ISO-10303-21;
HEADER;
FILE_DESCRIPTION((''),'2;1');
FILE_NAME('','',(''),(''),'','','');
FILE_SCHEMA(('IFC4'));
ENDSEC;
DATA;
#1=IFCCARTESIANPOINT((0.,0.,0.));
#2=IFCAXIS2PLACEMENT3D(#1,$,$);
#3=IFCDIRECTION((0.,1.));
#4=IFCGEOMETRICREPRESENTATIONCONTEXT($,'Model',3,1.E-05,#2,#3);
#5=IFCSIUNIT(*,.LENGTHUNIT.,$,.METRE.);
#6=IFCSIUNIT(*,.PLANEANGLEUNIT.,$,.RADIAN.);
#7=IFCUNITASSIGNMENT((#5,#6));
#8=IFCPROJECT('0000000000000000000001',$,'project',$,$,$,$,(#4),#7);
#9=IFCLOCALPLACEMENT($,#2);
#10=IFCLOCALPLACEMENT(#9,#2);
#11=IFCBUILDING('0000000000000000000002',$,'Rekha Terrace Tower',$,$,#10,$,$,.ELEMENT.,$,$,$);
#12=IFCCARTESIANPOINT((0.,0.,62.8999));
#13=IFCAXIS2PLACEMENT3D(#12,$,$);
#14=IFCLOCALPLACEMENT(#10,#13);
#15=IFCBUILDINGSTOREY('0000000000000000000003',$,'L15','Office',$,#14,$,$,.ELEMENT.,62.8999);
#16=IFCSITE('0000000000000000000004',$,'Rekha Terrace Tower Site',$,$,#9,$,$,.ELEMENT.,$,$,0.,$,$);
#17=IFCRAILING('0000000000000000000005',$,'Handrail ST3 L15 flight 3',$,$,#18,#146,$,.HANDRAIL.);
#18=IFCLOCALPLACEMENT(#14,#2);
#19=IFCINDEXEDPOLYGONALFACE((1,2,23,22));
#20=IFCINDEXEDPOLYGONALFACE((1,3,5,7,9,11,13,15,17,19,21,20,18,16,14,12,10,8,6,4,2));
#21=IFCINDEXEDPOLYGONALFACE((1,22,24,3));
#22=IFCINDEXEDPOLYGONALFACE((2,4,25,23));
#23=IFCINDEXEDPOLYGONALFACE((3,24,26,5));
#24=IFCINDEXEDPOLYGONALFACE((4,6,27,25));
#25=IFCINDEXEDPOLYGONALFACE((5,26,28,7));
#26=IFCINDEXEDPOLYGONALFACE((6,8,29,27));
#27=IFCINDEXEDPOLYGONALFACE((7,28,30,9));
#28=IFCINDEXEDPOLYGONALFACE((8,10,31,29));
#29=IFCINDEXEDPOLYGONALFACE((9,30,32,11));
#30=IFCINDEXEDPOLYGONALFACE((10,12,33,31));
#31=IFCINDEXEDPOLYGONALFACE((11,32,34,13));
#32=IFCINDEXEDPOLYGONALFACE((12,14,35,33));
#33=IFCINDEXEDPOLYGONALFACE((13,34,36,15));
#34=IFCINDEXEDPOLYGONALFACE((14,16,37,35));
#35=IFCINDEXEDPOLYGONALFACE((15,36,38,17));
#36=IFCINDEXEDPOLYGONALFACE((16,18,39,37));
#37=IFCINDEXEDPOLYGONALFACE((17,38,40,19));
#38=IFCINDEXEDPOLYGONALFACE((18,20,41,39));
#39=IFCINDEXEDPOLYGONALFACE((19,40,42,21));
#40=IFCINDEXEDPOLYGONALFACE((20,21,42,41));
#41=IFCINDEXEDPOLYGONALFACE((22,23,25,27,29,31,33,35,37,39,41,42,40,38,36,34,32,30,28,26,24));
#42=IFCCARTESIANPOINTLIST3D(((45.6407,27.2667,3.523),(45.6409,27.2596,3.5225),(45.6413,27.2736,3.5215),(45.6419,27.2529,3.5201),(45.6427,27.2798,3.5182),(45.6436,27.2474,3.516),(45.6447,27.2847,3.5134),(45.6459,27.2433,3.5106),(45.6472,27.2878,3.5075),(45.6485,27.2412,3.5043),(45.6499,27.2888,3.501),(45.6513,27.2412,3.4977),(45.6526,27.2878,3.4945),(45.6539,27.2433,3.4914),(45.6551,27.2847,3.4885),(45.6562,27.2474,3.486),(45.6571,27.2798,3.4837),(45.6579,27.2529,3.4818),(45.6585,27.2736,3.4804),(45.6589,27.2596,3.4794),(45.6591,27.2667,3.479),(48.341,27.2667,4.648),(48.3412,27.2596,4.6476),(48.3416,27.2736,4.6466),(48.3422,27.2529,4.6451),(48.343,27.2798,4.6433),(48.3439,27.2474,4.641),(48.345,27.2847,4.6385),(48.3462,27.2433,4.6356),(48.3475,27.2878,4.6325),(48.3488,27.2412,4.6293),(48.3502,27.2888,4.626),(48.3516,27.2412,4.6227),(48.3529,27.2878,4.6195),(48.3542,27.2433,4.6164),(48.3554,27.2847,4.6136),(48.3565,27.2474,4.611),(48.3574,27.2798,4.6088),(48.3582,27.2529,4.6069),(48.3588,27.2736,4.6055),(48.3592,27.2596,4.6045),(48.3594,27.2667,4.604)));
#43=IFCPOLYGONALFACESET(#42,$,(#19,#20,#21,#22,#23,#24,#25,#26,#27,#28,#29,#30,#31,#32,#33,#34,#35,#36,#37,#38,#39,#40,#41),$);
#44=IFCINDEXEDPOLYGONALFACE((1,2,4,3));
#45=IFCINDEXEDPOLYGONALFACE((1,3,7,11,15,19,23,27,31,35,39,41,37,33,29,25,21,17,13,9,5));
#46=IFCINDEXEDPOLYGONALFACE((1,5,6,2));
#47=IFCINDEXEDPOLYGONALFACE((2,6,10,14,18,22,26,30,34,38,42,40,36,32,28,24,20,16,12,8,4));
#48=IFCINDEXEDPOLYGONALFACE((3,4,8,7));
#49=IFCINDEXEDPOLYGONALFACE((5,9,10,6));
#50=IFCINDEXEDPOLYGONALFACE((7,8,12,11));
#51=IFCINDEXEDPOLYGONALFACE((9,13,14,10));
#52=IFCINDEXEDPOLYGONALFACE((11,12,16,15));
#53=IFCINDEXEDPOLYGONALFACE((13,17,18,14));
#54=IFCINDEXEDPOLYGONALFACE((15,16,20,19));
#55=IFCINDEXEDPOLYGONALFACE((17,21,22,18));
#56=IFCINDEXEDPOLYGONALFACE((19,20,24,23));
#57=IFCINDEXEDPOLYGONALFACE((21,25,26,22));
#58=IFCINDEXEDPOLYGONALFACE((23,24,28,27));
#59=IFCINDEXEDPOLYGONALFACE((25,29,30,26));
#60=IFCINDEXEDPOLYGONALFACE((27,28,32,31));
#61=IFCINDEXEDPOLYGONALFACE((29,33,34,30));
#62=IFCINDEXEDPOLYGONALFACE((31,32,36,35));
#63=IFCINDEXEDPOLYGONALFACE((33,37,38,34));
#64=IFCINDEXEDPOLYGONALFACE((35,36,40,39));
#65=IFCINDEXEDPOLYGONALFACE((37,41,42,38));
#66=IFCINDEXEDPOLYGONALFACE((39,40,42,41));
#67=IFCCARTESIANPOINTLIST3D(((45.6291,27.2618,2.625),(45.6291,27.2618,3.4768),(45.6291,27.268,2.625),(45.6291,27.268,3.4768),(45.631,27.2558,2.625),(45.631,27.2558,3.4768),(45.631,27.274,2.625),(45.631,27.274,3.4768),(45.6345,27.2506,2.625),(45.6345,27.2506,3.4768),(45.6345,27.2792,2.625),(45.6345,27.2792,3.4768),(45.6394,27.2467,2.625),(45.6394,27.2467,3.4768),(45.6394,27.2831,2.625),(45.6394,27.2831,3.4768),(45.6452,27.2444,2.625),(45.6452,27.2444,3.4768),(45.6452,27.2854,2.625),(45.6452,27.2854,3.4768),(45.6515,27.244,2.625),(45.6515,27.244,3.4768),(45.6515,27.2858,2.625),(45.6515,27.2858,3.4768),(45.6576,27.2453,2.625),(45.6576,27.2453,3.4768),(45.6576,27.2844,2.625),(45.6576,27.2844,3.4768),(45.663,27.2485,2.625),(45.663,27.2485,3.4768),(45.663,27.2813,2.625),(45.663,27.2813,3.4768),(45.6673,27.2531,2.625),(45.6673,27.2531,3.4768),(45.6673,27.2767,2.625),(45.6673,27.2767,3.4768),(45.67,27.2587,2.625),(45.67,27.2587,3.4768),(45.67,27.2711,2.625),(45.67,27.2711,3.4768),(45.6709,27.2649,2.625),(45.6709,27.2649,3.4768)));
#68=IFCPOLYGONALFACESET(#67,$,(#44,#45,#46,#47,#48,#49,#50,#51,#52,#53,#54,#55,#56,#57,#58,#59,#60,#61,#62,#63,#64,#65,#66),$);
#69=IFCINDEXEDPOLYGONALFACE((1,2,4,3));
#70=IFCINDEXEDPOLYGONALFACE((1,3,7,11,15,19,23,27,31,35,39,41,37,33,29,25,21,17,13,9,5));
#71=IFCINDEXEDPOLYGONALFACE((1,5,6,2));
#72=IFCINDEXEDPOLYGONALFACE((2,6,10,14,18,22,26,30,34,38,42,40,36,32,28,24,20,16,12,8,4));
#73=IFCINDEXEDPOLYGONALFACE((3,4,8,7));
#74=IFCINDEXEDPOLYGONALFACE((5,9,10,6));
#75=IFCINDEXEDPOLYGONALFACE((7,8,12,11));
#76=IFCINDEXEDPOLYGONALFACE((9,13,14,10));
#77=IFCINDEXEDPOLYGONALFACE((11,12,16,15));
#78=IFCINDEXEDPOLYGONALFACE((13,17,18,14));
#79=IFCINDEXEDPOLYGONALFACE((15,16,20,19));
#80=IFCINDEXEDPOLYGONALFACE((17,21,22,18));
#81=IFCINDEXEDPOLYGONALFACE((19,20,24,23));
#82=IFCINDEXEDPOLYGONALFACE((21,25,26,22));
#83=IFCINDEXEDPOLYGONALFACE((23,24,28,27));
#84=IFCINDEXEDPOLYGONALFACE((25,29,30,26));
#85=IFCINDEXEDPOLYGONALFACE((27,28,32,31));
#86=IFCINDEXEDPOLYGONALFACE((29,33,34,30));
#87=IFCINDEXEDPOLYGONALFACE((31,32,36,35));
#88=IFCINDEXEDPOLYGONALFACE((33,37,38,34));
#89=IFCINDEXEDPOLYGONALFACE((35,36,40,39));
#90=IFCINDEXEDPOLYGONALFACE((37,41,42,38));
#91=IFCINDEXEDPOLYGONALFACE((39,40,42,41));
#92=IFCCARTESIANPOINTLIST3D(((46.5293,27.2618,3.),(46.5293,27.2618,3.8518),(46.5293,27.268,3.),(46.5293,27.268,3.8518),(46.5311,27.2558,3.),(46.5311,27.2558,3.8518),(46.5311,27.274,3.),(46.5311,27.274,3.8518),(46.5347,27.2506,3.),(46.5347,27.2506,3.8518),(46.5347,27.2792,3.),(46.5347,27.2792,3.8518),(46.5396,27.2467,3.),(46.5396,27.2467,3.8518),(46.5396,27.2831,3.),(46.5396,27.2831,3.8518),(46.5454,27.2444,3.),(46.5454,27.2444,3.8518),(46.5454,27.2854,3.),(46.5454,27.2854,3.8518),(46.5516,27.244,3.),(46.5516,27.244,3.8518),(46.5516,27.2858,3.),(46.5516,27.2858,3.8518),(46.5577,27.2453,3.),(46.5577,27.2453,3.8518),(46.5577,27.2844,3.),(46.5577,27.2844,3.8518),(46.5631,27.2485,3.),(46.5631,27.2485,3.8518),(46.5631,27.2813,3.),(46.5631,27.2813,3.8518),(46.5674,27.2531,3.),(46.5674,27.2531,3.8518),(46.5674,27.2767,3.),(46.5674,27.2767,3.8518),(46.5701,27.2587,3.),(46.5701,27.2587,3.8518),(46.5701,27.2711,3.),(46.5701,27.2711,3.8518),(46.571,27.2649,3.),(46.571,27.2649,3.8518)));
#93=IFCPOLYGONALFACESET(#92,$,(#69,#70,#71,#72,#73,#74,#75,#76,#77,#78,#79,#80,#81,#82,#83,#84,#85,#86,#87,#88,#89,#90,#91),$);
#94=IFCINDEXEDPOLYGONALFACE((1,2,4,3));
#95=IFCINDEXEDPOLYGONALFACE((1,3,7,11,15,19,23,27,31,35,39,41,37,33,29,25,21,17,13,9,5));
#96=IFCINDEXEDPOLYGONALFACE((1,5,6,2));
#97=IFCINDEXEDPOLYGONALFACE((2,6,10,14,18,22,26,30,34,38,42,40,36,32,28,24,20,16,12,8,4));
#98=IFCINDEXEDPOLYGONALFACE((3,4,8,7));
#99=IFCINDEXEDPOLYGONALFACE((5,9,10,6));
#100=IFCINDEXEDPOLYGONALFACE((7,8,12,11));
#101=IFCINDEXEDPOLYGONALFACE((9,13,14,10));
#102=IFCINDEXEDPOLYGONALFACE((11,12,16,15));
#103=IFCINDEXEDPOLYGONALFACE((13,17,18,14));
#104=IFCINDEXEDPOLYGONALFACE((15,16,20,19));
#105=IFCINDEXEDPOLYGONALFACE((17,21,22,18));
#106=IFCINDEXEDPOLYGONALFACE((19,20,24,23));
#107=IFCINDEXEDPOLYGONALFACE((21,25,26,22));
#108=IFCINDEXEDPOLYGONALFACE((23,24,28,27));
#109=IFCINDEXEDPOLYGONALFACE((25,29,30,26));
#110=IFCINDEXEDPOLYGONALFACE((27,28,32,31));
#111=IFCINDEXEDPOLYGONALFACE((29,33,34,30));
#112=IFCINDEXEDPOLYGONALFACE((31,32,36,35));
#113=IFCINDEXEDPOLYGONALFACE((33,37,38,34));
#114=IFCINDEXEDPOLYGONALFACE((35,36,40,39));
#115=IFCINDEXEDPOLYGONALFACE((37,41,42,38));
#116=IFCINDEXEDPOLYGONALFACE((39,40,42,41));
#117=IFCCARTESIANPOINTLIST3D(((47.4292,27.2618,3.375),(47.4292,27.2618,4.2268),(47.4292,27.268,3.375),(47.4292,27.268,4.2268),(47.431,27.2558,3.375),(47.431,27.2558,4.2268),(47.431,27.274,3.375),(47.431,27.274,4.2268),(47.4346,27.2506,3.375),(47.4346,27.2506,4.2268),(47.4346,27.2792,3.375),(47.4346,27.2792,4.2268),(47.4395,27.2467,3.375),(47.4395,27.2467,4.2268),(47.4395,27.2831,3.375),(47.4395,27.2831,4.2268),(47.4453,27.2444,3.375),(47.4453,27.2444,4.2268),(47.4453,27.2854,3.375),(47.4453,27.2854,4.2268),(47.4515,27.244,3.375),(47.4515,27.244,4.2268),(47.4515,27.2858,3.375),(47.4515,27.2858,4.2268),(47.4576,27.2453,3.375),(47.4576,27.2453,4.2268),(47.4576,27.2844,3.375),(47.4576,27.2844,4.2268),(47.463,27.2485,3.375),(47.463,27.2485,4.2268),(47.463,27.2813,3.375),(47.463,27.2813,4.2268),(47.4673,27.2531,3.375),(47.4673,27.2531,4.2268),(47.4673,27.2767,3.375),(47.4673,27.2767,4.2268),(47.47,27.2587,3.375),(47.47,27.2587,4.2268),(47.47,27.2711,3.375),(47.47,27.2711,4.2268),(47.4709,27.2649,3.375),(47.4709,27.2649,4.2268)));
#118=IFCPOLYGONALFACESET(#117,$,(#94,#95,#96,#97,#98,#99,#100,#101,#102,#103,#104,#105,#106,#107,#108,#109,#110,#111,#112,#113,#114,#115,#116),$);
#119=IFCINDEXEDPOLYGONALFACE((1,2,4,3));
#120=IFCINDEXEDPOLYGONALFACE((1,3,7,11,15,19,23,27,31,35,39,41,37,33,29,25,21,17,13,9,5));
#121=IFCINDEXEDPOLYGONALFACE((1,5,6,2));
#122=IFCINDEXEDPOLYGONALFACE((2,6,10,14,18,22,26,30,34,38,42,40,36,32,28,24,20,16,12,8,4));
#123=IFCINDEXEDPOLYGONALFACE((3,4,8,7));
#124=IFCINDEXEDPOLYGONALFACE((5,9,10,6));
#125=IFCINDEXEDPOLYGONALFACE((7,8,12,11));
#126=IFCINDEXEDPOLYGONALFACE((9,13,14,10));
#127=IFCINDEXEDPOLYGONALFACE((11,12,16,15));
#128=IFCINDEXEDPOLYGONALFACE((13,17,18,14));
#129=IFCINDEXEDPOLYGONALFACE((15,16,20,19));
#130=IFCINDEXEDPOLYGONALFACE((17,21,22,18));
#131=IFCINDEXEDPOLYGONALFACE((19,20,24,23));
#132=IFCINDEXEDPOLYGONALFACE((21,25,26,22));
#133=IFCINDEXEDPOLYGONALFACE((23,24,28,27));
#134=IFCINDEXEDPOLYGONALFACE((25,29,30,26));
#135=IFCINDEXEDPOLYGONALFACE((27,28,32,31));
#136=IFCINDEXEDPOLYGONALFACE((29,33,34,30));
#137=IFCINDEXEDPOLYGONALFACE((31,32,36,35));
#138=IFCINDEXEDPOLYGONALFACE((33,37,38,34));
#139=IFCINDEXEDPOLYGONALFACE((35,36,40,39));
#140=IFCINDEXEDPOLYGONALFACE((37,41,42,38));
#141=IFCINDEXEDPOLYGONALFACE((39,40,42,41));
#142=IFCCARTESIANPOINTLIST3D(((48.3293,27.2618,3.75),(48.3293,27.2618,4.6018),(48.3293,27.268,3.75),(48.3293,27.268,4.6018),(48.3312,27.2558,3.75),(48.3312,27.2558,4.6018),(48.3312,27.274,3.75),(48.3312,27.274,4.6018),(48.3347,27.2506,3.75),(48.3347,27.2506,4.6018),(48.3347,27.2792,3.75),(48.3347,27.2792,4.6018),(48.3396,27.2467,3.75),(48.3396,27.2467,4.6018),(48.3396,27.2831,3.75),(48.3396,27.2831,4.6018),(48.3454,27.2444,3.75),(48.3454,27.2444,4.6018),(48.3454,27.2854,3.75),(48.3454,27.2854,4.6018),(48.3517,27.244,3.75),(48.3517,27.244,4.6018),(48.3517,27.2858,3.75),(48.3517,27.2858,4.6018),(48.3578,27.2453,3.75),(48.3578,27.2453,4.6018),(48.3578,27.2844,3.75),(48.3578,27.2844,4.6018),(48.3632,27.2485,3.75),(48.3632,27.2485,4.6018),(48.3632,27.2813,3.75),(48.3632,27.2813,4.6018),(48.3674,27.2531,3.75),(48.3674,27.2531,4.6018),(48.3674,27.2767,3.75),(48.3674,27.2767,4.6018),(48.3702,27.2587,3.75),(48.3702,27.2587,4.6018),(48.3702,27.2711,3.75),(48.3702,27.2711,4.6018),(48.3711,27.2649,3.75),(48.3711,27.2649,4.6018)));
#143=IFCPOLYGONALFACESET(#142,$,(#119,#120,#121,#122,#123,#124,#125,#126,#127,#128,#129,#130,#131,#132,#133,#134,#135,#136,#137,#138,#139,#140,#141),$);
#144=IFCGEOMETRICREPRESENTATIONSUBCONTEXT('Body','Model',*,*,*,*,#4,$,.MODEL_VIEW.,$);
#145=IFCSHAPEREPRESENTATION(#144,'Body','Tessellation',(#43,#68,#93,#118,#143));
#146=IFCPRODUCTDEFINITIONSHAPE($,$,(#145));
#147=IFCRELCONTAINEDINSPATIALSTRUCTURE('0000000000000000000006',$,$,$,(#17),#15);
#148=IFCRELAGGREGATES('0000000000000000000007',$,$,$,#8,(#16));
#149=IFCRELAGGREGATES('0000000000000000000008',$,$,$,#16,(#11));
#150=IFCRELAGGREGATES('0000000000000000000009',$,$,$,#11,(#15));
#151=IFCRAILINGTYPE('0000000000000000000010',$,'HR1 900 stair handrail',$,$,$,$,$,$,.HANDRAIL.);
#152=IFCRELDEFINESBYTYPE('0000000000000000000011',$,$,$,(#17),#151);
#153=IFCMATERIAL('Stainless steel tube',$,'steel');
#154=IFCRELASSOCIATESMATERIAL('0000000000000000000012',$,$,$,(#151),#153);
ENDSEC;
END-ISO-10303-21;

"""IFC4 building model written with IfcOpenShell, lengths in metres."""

from ifc_helpers import new_model, si_unit, direction, frame, origin, origin_2d, place, context, subcontext, project, spatial, circle, extrude, material, type_object, element, save


model = new_model("IFC4")

# Units and contexts
model_context = context("Model", 3, precision=1e-05, world=origin(), true_north=direction((0.0, 1.0)))
body_context = subcontext(model_context, "Body", "Model", "MODEL_VIEW")
ifc_project = project(units=[si_unit("LENGTHUNIT", "METRE"), si_unit("PLANEANGLEUNIT", "RADIAN")], contexts=[model_context])

# Site, building, storey
site_placement = place(None, origin())
site = spatial("IfcSite", under=ifc_project, at=site_placement, Name="Rekha Terrace Tower Site", CompositionType="ELEMENT", RefElevation=0.0)
building_placement = place(site_placement, origin())
building = spatial("IfcBuilding", under=site, at=building_placement, Name="Rekha Terrace Tower", CompositionType="ELEMENT")
storey_placement = place(building_placement, frame((0.0, 0.0, 62.8999)))
storey = spatial("IfcBuildingStorey", under=building, at=storey_placement, Name="L15", Description="Office", CompositionType="ELEMENT", Elevation=62.8999)

# Railing
ifc_material_1 = material(Name="Stainless steel tube", Category="steel")
railing_type_1 = type_object("IfcRailingType", Name="HR1 900 stair handrail", PredefinedType="HANDRAIL", material=ifc_material_1)
railing_1_placement = place(storey_placement, frame((45.6499, 27.2649, 2.625)))
element("IfcRailing", 1, at=railing_1_placement, inside=storey, type_object=railing_type_1, Name="Handrail ST3 L15 flight 3", PredefinedType="HANDRAIL", context=body_context, shape_type="SweptSolid", body=[
    extrude(circle(Radius=0.0239, at=origin_2d()), frame((0.0, 0.0, 0.876), z_axis=(0.923087, 0.0, 0.384592), x_axis=(0.0, 1.0, 0.0)), (0.0, 0.0, 1.0), 2.9253),
    extrude(circle(Radius=0.021, at=origin_2d()), origin(), (0.0, 0.0, 1.0), 0.8518),
    extrude(circle(Radius=0.021, at=origin_2d()), frame((0.9001, 0.0, 0.375)), (0.0, 0.0, 1.0), 0.8518),
    extrude(circle(Radius=0.021, at=origin_2d()), frame((1.8, 0.0, 0.75)), (0.0, 0.0, 1.0), 0.8518),
    extrude(circle(Radius=0.021, at=origin_2d()), frame((2.7002, 0.0, 1.125)), (0.0, 0.0, 1.0), 0.8518),
])

save(model, "model.ifc")
